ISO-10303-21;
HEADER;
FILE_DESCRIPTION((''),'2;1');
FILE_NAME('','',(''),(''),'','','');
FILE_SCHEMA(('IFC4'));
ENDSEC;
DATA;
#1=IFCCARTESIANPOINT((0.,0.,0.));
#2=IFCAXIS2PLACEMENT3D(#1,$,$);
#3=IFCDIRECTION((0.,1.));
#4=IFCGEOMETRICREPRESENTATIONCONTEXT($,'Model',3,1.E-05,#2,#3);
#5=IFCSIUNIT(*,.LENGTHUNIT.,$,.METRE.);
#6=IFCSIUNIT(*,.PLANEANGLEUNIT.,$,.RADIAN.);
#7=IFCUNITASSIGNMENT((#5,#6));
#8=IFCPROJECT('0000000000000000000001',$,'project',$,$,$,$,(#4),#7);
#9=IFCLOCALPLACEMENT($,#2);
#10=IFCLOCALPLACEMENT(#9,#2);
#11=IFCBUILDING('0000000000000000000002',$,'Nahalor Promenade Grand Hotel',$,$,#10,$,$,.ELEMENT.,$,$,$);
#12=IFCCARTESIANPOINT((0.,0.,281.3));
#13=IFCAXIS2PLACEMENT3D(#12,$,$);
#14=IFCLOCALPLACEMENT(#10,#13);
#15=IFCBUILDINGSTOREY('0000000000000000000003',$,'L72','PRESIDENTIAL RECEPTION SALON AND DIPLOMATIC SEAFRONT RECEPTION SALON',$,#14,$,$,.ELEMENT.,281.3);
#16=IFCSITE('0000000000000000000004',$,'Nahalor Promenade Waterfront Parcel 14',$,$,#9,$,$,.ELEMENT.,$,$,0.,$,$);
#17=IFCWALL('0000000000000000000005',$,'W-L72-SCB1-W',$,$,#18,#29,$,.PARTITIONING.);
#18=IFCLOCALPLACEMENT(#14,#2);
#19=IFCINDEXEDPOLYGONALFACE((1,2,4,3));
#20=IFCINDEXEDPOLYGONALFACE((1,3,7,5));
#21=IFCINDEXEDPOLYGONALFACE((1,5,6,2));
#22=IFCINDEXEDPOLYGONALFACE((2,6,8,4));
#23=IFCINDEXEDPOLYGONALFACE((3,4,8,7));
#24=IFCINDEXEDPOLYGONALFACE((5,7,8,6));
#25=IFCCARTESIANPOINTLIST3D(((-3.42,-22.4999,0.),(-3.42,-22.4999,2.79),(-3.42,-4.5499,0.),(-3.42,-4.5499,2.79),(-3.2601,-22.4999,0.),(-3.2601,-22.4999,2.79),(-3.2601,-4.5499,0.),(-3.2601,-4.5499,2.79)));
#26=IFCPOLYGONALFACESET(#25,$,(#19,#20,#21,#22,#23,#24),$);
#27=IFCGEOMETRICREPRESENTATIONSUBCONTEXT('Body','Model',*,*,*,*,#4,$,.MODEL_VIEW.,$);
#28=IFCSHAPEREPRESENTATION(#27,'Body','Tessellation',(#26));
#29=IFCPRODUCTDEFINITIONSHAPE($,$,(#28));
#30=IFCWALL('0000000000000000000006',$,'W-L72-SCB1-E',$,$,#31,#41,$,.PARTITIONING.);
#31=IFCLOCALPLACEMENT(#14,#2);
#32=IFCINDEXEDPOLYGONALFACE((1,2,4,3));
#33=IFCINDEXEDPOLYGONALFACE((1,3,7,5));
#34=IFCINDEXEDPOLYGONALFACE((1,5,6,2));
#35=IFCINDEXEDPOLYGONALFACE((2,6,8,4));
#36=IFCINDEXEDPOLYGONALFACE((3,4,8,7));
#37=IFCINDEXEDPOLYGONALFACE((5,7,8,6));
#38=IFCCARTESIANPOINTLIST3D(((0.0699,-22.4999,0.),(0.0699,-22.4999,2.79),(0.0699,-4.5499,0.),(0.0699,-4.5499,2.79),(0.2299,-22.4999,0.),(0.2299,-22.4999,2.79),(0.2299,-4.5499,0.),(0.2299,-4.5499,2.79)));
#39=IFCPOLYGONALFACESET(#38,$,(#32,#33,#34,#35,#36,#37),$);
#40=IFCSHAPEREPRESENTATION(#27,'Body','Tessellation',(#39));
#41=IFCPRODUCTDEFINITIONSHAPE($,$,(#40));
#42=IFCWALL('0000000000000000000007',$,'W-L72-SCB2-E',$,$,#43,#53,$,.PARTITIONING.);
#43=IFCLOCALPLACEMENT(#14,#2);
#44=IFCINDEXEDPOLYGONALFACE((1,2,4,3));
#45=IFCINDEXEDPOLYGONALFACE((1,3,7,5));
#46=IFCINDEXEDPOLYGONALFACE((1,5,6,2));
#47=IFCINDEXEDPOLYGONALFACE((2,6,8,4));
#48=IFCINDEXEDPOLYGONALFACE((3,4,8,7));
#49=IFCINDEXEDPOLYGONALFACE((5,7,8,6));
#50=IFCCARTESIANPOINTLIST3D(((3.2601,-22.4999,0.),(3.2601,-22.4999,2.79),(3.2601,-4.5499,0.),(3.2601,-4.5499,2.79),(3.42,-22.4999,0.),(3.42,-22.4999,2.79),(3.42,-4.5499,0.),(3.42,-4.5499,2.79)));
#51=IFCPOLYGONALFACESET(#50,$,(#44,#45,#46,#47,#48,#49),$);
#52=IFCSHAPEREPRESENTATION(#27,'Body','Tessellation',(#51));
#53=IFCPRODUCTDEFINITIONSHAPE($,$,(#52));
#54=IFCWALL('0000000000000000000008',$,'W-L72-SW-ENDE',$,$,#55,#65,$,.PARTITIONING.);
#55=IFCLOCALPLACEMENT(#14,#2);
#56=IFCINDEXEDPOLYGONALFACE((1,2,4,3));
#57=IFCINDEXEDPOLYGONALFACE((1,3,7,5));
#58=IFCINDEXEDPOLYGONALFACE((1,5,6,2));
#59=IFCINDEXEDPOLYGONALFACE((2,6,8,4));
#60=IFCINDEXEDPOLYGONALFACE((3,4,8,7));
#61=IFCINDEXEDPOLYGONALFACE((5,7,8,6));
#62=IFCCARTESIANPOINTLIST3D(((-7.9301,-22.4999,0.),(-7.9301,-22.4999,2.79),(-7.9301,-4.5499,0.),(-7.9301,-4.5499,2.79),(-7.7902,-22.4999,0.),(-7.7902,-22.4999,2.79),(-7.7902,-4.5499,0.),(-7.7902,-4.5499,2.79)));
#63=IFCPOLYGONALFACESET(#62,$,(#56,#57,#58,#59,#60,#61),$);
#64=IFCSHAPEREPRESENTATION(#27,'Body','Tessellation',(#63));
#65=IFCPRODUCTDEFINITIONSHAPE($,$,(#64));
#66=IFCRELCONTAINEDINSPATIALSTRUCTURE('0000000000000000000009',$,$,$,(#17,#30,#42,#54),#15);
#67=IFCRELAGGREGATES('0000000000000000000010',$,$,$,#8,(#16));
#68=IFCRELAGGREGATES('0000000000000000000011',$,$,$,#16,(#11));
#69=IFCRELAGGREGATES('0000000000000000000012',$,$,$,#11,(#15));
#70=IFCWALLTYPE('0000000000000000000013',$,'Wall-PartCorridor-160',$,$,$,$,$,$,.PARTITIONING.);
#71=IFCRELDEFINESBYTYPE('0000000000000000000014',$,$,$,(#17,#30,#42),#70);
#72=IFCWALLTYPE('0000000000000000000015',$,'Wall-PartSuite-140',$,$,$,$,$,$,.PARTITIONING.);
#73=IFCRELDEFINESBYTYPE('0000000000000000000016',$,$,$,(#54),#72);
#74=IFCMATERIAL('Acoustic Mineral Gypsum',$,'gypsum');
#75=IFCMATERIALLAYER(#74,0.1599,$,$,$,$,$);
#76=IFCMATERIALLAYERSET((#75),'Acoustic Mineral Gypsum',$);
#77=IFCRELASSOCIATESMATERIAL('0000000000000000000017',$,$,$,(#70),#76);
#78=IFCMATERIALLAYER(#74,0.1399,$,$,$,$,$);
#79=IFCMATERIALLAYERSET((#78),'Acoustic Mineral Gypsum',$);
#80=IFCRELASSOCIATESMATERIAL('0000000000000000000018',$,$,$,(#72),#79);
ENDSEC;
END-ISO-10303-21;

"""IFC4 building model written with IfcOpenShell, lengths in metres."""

from ifc_helpers import new_model, si_unit, direction, frame, frame_2d, origin, place, context, subcontext, project, spatial, rectangle, extrude, source, transform, mapped, material, layer, layer_set, type_object, element, save


model = new_model("IFC4")

# Units and contexts
model_context = context("Model", 3, precision=1e-05, world=origin(), true_north=direction((0.0, 1.0)))
body_context = subcontext(model_context, "Body", "Model", "MODEL_VIEW")
ifc_project = project(units=[si_unit("LENGTHUNIT", "METRE"), si_unit("PLANEANGLEUNIT", "RADIAN")], contexts=[model_context])

# Site, building, storey
site_placement = place(None, origin())
site = spatial("IfcSite", under=ifc_project, at=site_placement, Name="Nahalor Promenade Waterfront Parcel 14", CompositionType="ELEMENT", RefElevation=0.0)
building_placement = place(site_placement, origin())
building = spatial("IfcBuilding", under=site, at=building_placement, Name="Nahalor Promenade Grand Hotel", CompositionType="ELEMENT")
storey_placement = place(building_placement, frame((0.0, 0.0, 281.3)))
storey = spatial("IfcBuildingStorey", under=building, at=storey_placement, Name="L72", Description="PRESIDENTIAL RECEPTION SALON AND DIPLOMATIC SEAFRONT RECEPTION SALON", CompositionType="ELEMENT", Elevation=281.3)

# Walls
ifc_material_1 = material(Name="Acoustic Mineral Gypsum", Category="gypsum")
ifc_layer_1 = layer(ifc_material_1, 0.1599)
ifc_layer_set_1 = layer_set([ifc_layer_1], Name="Acoustic Mineral Gypsum")
wall_type_1 = type_object("IfcWallType", Name="Wall-PartCorridor-160", PredefinedType="PARTITIONING", material=ifc_layer_set_1)
shared_shape_1 = source(origin(), body_context, "Body", "SweptSolid", [
    extrude(rectangle(XDim=17.95, YDim=0.1599, at=frame_2d((8.9751, 0.0))), origin(), (0.0, 0.0, 1.0), 2.79),
])
for number, where, z_axis, x_axis, name in (
    (1, (-3.3401, -22.5, 0.0), (0.0, 0.0, 1.0), (0.0, 1.0, 0.0), "W-L72-SCB1-W"),
    (2, (0.1499, -22.5, 0.0), (0.0, 0.0, 1.0), (0.0, 1.0, 0.0), "W-L72-SCB1-E"),
    (3, (3.3401, -22.5, 0.0), (0.0, 0.0, 1.0), (0.0, 1.0, 0.0), "W-L72-SCB2-E"),
):
    element("IfcWall", number, at=place(storey_placement, frame(where, z_axis=z_axis, x_axis=x_axis)), inside=storey, type_object=wall_type_1, Name=name, PredefinedType="PARTITIONING", context=body_context, shape_type="MappedRepresentation", body=[
        mapped(shared_shape_1, transform((0.0, 0.0, 0.0), scale=1.0)),
    ])
ifc_layer_2 = layer(ifc_material_1, 0.1399)
ifc_layer_set_2 = layer_set([ifc_layer_2], Name="Acoustic Mineral Gypsum")
wall_type_2 = type_object("IfcWallType", Name="Wall-PartSuite-140", PredefinedType="PARTITIONING", material=ifc_layer_set_2)
shared_shape_2 = source(origin(), body_context, "Body", "SweptSolid", [
    extrude(rectangle(XDim=17.95, YDim=0.1399, at=frame_2d((8.9751, 0.0))), origin(), (0.0, 0.0, 1.0), 2.79),
])
wall_1_placement = place(storey_placement, frame((-7.8601, -22.5, 0.0), z_axis=(0.0, 0.0, 1.0), x_axis=(0.0, 1.0, 0.0)))
element("IfcWall", 4, at=wall_1_placement, inside=storey, type_object=wall_type_2, Name="W-L72-SW-ENDE", PredefinedType="PARTITIONING", context=body_context, shape_type="MappedRepresentation", body=[
    mapped(shared_shape_2, transform((0.0, 0.0, 0.0), scale=1.0)),
])

save(model, "model.ifc")
